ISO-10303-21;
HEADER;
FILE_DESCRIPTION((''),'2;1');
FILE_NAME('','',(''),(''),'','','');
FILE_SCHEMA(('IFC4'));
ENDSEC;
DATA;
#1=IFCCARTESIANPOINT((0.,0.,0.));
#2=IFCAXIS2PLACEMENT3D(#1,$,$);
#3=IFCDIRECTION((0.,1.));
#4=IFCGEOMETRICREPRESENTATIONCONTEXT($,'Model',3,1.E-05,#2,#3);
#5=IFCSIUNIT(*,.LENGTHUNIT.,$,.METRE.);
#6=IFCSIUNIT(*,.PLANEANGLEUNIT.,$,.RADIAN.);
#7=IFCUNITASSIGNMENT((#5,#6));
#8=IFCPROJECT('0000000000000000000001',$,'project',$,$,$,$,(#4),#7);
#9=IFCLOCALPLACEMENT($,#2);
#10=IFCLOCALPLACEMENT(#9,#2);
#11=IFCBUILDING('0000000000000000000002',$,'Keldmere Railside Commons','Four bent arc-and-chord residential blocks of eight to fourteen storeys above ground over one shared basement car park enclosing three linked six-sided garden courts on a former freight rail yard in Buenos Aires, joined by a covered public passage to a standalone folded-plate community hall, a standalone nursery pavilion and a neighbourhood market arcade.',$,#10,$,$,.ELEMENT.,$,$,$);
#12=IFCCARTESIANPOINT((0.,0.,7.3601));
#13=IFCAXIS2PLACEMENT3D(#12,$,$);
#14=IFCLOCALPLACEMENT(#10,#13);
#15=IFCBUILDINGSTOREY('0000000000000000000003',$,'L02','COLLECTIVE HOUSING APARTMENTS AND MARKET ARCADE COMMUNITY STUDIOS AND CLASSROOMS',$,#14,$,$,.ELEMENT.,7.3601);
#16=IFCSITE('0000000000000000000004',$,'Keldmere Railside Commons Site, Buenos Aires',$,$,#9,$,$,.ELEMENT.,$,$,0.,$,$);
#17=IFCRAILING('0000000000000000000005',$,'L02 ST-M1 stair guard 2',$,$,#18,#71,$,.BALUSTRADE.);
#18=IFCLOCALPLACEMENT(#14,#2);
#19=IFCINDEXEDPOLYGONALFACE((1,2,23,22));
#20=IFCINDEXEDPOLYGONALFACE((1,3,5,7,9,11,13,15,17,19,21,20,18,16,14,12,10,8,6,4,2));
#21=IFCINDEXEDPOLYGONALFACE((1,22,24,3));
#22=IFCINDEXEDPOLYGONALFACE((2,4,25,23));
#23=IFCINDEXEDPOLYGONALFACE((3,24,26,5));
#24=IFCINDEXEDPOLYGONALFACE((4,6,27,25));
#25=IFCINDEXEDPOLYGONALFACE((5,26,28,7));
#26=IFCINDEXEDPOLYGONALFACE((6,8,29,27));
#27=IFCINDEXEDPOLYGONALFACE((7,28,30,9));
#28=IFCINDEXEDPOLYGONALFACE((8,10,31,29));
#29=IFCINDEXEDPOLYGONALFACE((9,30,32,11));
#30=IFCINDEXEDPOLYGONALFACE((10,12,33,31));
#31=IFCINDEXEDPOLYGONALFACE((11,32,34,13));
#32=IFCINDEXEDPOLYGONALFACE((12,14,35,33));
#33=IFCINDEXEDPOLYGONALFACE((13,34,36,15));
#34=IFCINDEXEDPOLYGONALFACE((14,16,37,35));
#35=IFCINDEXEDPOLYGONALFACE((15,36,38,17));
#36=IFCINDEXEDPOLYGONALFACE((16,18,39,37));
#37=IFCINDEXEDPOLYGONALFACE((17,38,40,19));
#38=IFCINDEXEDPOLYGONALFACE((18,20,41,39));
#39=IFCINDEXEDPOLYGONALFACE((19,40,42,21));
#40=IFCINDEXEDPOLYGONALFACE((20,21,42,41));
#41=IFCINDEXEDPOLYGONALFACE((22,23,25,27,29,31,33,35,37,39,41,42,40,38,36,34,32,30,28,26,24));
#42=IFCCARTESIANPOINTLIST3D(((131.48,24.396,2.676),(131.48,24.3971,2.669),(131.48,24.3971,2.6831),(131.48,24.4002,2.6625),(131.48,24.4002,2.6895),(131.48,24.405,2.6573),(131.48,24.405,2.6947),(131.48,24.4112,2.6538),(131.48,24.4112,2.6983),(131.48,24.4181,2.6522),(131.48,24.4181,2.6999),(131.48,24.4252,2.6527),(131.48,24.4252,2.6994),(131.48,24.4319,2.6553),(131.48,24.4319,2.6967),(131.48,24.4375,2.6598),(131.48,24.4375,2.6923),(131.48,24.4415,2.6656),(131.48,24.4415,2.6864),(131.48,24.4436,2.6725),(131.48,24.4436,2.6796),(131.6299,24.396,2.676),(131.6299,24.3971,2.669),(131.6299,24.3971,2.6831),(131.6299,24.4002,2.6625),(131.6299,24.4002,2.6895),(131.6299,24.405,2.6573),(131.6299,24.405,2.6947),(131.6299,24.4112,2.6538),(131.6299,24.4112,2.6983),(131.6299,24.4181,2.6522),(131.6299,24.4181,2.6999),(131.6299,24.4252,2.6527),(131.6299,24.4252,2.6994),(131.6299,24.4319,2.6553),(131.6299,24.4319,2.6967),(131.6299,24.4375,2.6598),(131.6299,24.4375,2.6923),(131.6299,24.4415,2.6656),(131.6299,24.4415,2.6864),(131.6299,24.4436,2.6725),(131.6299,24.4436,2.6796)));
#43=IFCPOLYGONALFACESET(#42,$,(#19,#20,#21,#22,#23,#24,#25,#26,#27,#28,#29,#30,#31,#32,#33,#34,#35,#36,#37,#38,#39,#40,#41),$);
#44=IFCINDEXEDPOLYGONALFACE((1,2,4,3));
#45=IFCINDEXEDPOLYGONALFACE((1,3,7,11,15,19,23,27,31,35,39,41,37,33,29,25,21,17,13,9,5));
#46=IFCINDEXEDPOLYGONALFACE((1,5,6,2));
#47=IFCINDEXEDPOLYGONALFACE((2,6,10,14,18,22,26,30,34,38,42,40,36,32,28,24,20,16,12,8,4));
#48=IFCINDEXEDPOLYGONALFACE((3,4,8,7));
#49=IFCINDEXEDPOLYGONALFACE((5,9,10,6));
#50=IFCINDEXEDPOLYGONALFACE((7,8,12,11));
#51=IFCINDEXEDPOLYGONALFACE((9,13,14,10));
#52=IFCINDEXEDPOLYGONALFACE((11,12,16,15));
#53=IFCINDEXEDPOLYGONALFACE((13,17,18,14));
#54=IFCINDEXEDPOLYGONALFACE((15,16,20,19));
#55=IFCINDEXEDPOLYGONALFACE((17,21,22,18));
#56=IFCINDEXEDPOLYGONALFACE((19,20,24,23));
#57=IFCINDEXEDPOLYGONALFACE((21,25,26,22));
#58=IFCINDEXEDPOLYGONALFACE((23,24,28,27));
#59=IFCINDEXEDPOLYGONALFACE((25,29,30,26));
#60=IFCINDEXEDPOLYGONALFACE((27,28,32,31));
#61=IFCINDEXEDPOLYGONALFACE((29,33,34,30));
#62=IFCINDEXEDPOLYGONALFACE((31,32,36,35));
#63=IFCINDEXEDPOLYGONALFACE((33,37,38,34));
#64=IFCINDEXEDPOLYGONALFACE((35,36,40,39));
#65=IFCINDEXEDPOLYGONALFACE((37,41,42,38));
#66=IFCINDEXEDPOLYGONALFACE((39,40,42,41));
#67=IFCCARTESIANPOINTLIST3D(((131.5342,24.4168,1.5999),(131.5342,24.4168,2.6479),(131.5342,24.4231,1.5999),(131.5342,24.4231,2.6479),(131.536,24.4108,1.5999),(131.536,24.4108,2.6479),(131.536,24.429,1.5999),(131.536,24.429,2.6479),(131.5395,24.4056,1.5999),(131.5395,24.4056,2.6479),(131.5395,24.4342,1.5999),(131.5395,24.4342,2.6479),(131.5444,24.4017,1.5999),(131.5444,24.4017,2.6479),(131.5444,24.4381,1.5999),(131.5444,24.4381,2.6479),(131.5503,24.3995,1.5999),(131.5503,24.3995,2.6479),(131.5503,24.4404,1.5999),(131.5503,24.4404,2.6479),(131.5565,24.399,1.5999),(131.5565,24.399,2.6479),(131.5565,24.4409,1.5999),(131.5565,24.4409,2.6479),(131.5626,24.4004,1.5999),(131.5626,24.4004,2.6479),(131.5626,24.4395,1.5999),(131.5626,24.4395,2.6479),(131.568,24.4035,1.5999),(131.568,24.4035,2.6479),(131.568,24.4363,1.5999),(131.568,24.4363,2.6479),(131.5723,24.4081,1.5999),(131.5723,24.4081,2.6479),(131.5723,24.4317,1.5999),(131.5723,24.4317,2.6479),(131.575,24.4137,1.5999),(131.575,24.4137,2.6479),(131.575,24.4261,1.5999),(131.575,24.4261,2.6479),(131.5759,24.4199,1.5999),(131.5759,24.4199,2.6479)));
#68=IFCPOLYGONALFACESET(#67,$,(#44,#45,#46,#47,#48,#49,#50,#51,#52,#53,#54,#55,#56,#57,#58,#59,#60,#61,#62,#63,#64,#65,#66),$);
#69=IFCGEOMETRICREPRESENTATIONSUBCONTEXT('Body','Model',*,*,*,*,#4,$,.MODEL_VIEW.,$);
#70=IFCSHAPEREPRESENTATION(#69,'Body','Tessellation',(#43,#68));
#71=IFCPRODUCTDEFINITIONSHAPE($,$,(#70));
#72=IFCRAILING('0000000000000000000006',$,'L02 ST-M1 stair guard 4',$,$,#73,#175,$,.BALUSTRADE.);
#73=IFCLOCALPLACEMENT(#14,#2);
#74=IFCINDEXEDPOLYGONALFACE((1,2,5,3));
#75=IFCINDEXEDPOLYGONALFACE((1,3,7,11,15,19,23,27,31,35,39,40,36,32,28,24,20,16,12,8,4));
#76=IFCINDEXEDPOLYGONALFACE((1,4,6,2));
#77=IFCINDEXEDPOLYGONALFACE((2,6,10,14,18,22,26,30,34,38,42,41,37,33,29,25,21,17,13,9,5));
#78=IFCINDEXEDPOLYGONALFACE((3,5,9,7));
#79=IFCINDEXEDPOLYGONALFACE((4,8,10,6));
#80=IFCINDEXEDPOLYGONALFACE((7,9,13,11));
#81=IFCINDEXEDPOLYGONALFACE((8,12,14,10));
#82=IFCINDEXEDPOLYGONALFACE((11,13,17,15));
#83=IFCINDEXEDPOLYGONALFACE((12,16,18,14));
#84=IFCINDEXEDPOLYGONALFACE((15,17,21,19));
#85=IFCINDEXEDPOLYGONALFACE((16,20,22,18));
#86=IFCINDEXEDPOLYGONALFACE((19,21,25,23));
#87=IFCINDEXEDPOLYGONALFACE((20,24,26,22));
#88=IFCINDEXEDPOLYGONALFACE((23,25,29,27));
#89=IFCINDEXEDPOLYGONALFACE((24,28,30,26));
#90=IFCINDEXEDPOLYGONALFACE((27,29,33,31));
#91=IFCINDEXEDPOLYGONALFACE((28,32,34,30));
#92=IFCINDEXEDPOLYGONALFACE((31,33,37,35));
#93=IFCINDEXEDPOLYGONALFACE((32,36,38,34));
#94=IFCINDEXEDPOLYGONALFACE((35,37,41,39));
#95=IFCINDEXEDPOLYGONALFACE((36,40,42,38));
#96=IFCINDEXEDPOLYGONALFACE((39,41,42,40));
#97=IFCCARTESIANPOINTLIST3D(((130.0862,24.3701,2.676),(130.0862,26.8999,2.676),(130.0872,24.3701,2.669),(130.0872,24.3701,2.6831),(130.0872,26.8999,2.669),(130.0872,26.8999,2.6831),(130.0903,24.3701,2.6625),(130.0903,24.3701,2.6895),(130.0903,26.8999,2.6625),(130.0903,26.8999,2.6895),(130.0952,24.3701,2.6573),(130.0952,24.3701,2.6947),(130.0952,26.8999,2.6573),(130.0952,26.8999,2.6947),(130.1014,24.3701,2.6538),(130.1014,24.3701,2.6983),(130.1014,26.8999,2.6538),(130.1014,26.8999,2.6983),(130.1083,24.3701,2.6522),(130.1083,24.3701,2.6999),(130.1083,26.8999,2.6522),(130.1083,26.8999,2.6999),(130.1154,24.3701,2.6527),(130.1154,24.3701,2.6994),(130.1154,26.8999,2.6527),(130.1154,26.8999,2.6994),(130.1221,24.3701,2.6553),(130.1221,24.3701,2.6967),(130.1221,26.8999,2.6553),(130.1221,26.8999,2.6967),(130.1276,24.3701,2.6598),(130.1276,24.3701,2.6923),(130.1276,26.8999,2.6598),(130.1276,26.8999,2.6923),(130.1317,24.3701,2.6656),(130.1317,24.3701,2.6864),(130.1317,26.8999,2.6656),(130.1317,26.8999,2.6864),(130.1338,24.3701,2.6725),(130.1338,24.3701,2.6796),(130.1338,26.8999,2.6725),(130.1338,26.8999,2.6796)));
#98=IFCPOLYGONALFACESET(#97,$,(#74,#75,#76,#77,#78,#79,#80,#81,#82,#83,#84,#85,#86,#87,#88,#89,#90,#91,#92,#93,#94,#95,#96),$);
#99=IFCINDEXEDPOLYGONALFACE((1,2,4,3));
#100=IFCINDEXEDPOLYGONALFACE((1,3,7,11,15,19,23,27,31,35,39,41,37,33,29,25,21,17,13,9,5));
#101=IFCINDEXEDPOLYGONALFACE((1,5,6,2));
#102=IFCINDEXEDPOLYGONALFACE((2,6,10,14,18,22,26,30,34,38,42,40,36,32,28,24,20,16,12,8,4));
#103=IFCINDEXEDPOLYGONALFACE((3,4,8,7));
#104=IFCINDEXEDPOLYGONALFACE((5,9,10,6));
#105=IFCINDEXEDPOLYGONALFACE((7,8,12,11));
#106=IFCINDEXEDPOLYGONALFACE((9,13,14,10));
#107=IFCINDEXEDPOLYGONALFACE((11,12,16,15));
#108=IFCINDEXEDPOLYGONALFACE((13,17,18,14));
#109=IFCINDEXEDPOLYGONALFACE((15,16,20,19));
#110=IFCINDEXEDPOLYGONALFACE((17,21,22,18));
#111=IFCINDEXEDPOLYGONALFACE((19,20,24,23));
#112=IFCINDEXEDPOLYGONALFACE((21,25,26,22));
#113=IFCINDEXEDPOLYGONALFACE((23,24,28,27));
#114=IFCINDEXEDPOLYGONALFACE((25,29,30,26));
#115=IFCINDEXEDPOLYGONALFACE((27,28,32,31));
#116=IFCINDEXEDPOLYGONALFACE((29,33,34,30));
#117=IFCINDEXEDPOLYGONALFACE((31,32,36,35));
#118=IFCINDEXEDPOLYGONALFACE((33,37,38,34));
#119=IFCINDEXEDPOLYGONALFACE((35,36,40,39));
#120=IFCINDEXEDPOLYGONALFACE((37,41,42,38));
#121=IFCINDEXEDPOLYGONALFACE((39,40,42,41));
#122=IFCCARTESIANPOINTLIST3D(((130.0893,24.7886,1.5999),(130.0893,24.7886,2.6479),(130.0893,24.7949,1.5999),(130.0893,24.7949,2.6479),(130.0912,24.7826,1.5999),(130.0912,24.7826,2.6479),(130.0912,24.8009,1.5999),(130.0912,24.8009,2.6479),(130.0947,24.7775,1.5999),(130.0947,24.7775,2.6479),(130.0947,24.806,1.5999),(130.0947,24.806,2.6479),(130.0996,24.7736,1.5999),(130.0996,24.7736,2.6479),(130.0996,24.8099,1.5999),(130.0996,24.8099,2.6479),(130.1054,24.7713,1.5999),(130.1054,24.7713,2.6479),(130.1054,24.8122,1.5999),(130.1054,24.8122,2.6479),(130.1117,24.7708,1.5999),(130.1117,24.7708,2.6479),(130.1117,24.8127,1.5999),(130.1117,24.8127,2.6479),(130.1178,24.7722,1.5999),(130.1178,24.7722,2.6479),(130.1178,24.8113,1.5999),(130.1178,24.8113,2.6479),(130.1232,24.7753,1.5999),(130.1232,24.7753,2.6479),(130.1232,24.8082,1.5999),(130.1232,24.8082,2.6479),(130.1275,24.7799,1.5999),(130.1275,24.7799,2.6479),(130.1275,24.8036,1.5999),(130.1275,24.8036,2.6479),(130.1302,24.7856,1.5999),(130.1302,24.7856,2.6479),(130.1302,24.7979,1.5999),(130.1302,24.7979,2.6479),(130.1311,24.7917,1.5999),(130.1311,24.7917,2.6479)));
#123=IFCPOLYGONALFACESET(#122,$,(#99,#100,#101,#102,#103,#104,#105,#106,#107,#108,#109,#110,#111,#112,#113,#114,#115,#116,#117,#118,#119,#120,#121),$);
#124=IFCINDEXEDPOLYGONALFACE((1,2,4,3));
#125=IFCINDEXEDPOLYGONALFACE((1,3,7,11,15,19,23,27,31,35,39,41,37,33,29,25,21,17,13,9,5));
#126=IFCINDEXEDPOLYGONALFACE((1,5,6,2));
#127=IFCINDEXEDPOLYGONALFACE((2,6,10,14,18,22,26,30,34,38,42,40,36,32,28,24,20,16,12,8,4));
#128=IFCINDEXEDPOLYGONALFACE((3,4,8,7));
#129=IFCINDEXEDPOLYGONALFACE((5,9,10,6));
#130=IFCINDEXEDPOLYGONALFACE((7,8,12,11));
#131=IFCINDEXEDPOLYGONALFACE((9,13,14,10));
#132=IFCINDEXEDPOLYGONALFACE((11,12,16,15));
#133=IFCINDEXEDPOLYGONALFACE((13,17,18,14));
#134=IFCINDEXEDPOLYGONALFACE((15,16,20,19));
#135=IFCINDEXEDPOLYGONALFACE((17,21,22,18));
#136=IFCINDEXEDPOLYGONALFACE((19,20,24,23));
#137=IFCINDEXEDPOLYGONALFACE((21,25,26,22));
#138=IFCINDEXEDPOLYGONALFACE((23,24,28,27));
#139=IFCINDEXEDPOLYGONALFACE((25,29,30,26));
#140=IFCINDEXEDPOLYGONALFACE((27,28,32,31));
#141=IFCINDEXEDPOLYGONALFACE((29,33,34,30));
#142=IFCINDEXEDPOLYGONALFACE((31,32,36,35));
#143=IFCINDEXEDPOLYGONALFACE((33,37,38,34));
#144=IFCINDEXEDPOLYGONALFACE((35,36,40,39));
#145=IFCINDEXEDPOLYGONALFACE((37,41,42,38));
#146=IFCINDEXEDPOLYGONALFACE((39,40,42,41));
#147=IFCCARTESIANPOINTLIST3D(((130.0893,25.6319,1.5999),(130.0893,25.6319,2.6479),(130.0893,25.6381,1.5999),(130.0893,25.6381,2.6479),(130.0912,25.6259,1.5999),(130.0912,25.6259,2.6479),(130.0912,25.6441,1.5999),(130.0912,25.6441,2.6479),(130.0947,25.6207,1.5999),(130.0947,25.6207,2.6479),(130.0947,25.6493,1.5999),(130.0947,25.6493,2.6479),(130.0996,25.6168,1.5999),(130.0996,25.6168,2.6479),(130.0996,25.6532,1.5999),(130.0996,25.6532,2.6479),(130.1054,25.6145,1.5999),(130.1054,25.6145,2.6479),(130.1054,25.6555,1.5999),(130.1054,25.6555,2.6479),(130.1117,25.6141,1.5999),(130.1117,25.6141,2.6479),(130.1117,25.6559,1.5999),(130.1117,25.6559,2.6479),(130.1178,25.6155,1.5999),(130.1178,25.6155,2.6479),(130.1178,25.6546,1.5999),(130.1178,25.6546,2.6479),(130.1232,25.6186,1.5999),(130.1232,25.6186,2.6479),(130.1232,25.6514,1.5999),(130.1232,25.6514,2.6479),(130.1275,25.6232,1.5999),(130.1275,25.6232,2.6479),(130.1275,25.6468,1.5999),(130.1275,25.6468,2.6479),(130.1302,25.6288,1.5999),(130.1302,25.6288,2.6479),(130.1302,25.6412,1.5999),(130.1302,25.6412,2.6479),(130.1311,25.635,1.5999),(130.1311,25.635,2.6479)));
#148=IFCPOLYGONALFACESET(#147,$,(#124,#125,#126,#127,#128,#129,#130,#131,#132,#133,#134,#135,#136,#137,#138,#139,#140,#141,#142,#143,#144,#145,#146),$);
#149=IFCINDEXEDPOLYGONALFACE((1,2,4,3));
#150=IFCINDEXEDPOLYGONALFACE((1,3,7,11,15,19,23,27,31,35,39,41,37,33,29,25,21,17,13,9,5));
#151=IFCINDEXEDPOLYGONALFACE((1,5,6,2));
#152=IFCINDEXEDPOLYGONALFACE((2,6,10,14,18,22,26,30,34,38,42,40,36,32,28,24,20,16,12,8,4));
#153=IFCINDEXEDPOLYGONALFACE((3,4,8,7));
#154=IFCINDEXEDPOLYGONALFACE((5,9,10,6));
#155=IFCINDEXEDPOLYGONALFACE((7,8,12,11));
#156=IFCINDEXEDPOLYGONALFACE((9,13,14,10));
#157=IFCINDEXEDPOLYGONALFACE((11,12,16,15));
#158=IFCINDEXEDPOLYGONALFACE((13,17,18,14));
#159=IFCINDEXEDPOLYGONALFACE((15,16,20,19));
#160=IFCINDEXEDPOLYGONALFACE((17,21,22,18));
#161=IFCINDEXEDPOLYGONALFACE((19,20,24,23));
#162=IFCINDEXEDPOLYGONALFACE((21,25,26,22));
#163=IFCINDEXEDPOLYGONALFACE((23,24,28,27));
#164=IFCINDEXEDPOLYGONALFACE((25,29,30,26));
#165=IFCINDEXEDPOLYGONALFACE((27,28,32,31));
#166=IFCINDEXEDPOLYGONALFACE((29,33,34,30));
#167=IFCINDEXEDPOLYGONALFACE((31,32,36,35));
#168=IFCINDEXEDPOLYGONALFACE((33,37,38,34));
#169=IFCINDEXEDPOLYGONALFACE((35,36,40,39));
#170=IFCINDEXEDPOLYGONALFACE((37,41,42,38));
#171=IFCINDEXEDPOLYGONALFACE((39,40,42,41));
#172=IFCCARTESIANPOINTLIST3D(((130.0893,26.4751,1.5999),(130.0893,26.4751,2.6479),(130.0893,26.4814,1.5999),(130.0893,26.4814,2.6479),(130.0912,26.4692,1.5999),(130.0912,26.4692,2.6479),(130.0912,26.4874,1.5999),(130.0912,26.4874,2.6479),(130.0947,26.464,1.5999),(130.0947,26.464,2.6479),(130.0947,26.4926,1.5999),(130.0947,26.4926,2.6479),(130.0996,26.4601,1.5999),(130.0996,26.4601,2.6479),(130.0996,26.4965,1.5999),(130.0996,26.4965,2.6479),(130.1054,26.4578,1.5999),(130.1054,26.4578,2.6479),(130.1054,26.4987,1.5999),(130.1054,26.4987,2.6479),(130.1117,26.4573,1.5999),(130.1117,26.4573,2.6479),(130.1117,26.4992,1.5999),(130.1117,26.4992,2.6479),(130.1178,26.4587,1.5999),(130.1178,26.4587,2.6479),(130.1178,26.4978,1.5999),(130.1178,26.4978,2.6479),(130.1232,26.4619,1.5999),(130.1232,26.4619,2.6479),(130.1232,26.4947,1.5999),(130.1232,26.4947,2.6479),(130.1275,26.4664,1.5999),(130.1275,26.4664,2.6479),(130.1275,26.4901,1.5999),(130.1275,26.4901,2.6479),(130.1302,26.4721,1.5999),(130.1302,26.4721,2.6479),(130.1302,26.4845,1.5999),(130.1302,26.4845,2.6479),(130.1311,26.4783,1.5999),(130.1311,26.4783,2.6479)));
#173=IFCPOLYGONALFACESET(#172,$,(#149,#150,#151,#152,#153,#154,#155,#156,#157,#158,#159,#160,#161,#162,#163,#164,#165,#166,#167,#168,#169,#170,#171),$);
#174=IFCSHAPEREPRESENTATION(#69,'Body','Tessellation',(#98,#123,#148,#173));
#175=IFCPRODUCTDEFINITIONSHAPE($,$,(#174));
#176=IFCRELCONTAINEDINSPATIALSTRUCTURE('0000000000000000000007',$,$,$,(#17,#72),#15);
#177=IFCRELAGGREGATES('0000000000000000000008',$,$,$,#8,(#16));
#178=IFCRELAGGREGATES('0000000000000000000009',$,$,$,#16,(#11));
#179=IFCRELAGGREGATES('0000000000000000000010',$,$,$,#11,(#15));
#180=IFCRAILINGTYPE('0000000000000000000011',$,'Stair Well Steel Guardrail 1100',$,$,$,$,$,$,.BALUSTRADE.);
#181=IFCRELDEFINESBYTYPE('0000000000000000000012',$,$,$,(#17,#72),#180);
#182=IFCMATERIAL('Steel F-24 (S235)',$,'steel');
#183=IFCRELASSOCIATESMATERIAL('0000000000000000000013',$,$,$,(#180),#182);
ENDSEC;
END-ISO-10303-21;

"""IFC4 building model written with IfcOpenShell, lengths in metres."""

from ifc_helpers import new_model, si_unit, direction, frame, origin, origin_2d, place, context, subcontext, project, spatial, circle, extrude, material, type_object, element, save


model = new_model("IFC4")

# Units and contexts
model_context = context("Model", 3, precision=1e-05, world=origin(), true_north=direction((0.0, 1.0)))
body_context = subcontext(model_context, "Body", "Model", "MODEL_VIEW")
ifc_project = project(units=[si_unit("LENGTHUNIT", "METRE"), si_unit("PLANEANGLEUNIT", "RADIAN")], contexts=[model_context])

# Site, building, storey
site_placement = place(None, origin())
site = spatial("IfcSite", under=ifc_project, at=site_placement, Name="Keldmere Railside Commons Site, Buenos Aires", CompositionType="ELEMENT", RefElevation=0.0)
building_placement = place(site_placement, origin())
building = spatial("IfcBuilding", under=site, at=building_placement, Name="Keldmere Railside Commons", Description="Four bent arc-and-chord residential blocks of eight to fourteen storeys above ground over one shared basement car park enclosing three linked six-sided garden courts on a former freight rail yard in Buenos Aires, joined by a covered public passage to a standalone folded-plate community hall, a standalone nursery pavilion and a neighbourhood market arcade.", CompositionType="ELEMENT")
storey_placement = place(building_placement, frame((0.0, 0.0, 7.3601)))
storey = spatial("IfcBuildingStorey", under=building, at=storey_placement, Name="L02", Description="COLLECTIVE HOUSING APARTMENTS AND MARKET ARCADE COMMUNITY STUDIOS AND CLASSROOMS", CompositionType="ELEMENT", Elevation=7.3601)

# Railings
ifc_material_1 = material(Name="Steel F-24 (S235)", Category="steel")
railing_type_1 = type_object("IfcRailingType", Name="Stair Well Steel Guardrail 1100", PredefinedType="BALUSTRADE", material=ifc_material_1)
railing_1_placement = place(storey_placement, frame((131.6299, 24.4199, 1.5999)))
element("IfcRailing", 1, at=railing_1_placement, inside=storey, type_object=railing_type_1, Name="L02 ST-M1 stair guard 2", PredefinedType="BALUSTRADE", context=body_context, shape_type="SweptSolid", body=[
    extrude(circle(Radius=0.0239, at=origin_2d()), frame((0.0, 0.0, 1.0762), z_axis=(-1.0, 0.0, 0.0), x_axis=(0.0, -1.0, 0.0)), (0.0, 0.0, 1.0), 0.1499),
    extrude(circle(Radius=0.021, at=origin_2d()), frame((-0.075, 0.0, 0.0)), (0.0, 0.0, 1.0), 1.0481),
])
railing_2_placement = place(storey_placement, frame((130.1101, 24.3701, 1.5999)))
element("IfcRailing", 2, at=railing_2_placement, inside=storey, type_object=railing_type_1, Name="L02 ST-M1 stair guard 4", PredefinedType="BALUSTRADE", context=body_context, shape_type="SweptSolid", body=[
    extrude(circle(Radius=0.0239, at=origin_2d()), frame((0.0, 0.0, 1.0762), z_axis=(0.0, 1.0, 0.0), x_axis=(-1.0, 0.0, 0.0)), (0.0, 0.0, 1.0), 2.5298),
    extrude(circle(Radius=0.021, at=origin_2d()), frame((0.0, 0.4216, 0.0)), (0.0, 0.0, 1.0), 1.0481),
    extrude(circle(Radius=0.021, at=origin_2d()), frame((0.0, 1.2649, 0.0)), (0.0, 0.0, 1.0), 1.0481),
    extrude(circle(Radius=0.021, at=origin_2d()), frame((0.0, 2.1082, 0.0)), (0.0, 0.0, 1.0), 1.0481),
])

save(model, "model.ifc")
